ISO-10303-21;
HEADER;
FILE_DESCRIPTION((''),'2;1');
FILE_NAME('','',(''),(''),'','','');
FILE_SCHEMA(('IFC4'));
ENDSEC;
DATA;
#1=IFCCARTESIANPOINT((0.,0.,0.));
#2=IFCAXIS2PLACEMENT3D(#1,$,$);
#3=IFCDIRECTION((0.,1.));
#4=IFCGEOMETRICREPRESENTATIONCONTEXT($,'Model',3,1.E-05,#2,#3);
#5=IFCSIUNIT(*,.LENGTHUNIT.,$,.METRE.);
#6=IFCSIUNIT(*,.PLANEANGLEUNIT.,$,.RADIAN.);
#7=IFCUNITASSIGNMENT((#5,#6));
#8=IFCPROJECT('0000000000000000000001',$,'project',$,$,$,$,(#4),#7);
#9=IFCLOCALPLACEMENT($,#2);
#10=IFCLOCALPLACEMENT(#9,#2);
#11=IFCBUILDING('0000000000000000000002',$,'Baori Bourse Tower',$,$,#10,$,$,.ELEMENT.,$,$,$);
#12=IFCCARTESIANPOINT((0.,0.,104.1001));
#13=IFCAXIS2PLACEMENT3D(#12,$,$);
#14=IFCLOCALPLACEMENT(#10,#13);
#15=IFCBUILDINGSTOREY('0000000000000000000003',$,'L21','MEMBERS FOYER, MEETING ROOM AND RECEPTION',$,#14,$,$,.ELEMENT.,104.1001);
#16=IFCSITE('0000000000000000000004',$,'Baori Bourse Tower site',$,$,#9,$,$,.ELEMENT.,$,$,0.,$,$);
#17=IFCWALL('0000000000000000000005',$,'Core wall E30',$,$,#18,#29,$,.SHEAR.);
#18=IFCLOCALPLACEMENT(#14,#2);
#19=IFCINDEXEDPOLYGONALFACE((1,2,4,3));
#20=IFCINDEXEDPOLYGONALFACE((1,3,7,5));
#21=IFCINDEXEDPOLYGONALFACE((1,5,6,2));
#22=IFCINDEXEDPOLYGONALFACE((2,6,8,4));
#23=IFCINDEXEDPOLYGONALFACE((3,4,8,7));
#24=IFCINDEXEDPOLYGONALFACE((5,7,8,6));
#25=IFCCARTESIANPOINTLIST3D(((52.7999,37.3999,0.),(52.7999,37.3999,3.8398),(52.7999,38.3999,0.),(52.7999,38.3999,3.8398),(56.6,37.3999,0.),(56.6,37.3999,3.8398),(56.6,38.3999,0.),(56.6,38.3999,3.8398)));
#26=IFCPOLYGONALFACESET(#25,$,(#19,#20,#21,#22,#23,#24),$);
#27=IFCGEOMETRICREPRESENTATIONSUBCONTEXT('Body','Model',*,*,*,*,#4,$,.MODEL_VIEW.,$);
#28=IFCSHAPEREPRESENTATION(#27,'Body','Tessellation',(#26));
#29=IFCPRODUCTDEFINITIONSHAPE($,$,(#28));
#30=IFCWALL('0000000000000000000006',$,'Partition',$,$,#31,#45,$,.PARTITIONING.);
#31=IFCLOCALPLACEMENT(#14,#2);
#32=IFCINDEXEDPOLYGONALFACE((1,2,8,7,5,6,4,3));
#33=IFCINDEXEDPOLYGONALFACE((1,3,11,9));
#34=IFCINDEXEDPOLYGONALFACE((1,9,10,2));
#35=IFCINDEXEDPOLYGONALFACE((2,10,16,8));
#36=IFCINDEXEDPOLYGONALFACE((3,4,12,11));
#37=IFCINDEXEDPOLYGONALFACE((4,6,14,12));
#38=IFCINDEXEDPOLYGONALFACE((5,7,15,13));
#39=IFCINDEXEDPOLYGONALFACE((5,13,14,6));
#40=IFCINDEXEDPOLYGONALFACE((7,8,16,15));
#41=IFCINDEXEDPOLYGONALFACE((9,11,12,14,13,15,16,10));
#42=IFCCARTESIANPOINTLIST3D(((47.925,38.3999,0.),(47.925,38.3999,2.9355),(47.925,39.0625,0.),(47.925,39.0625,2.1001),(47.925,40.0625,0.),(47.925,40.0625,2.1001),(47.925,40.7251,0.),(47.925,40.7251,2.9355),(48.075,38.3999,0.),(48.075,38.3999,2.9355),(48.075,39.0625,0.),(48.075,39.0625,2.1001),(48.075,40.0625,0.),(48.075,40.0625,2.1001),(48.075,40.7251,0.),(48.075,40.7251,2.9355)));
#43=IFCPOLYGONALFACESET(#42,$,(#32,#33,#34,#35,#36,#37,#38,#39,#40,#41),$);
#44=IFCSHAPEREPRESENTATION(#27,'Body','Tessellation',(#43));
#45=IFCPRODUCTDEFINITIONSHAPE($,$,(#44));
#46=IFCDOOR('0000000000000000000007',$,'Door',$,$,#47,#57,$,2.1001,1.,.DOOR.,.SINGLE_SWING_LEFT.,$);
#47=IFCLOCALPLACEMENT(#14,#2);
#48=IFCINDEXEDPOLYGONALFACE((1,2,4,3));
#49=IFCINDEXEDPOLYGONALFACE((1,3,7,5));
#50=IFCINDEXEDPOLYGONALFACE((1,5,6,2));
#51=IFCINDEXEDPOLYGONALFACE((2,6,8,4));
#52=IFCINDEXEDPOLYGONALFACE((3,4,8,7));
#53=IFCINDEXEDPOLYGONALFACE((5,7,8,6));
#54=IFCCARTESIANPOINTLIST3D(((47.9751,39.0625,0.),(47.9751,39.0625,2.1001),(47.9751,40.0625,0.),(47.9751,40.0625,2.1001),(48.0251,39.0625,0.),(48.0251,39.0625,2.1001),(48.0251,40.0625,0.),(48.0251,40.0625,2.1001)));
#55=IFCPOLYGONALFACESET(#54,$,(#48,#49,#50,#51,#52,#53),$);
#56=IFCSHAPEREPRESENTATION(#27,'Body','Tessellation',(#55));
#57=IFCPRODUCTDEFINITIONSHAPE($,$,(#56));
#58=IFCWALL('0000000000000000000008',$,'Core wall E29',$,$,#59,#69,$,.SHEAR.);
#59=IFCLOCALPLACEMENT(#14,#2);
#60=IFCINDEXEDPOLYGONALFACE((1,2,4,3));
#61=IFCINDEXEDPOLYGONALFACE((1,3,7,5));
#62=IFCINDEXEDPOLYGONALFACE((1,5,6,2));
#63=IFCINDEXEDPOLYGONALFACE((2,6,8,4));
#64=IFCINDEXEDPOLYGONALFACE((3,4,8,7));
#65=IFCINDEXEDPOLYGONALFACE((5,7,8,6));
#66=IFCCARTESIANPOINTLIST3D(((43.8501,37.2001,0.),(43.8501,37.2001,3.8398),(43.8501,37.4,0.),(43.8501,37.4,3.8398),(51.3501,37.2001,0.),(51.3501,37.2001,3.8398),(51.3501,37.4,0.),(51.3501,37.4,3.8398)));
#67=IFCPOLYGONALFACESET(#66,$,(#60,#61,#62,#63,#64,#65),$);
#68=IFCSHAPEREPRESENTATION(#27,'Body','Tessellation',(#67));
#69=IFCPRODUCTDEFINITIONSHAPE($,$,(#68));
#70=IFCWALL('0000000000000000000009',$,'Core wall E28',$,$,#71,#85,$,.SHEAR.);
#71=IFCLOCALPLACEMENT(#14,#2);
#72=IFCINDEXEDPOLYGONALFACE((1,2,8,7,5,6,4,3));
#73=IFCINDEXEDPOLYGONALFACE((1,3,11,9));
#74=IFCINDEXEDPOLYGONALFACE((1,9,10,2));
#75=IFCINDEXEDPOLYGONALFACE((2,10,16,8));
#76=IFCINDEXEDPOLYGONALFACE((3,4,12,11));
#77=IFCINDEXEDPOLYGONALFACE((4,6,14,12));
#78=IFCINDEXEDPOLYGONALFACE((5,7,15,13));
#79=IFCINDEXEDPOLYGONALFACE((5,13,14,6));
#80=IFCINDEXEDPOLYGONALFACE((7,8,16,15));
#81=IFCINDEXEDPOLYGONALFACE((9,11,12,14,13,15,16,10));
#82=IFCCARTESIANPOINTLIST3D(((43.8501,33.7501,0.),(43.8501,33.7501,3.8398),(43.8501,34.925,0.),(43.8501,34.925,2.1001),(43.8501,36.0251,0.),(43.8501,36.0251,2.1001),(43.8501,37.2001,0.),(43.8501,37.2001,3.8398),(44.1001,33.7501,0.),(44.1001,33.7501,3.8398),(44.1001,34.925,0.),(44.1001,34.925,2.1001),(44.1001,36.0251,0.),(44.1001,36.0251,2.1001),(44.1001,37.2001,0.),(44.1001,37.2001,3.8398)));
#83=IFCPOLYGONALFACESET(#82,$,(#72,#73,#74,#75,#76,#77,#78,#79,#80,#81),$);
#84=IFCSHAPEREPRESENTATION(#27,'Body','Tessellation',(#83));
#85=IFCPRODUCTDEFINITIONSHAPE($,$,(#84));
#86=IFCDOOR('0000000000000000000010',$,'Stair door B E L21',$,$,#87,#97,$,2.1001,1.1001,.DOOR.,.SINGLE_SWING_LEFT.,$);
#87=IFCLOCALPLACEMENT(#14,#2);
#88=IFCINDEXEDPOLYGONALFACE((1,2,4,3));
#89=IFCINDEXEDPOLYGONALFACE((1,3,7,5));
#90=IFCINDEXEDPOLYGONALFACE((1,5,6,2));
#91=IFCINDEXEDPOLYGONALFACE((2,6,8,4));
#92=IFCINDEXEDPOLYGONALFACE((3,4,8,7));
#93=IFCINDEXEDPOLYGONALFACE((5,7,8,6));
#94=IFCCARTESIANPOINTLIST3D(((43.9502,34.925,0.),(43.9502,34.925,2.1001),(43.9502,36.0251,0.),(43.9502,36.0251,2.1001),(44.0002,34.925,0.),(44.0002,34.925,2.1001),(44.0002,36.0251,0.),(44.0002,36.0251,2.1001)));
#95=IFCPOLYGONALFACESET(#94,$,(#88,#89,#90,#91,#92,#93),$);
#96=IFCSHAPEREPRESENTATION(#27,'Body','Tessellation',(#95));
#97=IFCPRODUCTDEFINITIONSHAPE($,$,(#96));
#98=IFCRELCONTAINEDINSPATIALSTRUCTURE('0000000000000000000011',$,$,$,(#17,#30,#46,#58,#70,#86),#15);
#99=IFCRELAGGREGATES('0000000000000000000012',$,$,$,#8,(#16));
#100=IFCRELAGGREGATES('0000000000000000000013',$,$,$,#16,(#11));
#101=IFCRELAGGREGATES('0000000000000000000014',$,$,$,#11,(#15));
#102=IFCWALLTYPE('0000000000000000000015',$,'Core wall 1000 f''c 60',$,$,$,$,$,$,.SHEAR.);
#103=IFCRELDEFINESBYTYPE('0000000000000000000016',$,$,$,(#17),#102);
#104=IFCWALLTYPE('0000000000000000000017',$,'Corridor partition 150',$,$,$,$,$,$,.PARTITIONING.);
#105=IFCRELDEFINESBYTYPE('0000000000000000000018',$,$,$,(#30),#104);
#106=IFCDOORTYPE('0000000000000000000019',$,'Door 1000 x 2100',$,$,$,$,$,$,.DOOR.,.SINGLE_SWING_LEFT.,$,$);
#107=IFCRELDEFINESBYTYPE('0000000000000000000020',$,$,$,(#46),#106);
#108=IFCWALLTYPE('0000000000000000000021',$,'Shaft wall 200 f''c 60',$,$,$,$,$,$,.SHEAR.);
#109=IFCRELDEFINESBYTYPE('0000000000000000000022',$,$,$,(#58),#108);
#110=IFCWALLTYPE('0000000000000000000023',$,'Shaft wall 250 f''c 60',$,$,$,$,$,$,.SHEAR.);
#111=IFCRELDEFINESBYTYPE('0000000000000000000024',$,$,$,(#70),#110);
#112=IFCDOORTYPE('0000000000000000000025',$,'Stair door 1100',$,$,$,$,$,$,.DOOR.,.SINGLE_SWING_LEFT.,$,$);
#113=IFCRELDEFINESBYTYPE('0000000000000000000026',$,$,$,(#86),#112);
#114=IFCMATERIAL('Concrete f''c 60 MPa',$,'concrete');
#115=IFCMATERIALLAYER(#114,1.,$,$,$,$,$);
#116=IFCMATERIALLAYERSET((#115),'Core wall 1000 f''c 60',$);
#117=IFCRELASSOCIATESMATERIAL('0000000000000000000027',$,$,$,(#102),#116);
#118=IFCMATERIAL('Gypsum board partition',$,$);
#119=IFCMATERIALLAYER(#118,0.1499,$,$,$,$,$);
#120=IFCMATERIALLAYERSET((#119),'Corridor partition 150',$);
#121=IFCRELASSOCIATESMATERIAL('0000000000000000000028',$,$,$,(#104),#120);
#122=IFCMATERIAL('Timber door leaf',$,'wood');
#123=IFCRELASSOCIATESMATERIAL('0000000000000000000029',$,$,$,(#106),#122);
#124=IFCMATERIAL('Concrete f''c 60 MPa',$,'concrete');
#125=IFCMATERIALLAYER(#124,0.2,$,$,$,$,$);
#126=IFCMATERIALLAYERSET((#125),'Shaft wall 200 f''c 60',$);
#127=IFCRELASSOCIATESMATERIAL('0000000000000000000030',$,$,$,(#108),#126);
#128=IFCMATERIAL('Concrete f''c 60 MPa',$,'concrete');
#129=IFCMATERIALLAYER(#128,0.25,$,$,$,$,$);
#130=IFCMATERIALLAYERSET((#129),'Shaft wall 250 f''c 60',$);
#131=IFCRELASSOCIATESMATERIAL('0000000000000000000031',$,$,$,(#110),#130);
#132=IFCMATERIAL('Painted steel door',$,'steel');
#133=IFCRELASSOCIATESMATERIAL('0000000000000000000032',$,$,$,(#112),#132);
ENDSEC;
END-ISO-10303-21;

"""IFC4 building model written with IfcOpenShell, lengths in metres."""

from ifc_helpers import new_model, si_unit, direction, frame, frame_2d, origin, place, context, subcontext, project, spatial, rectangle, extrude, material, layer, layer_set, type_object, element, fill, save


model = new_model("IFC4")

# Units and contexts
model_context = context("Model", 3, precision=1e-05, world=origin(), true_north=direction((0.0, 1.0)))
body_context = subcontext(model_context, "Body", "Model", "MODEL_VIEW")
ifc_project = project(units=[si_unit("LENGTHUNIT", "METRE"), si_unit("PLANEANGLEUNIT", "RADIAN")], contexts=[model_context])

# Site, building, storey
site_placement = place(None, origin())
site = spatial("IfcSite", under=ifc_project, at=site_placement, Name="Baori Bourse Tower site", CompositionType="ELEMENT", RefElevation=0.0)
building_placement = place(site_placement, origin())
building = spatial("IfcBuilding", under=site, at=building_placement, Name="Baori Bourse Tower", CompositionType="ELEMENT")
storey_placement = place(building_placement, frame((0.0, 0.0, 104.1001)))
storey = spatial("IfcBuildingStorey", under=building, at=storey_placement, Name="L21", Description="MEMBERS FOYER, MEETING ROOM AND RECEPTION", CompositionType="ELEMENT", Elevation=104.1001)

# Wall
ifc_material_1 = material(Name="Concrete f'c 60 MPa", Category="concrete")
ifc_layer_1 = layer(ifc_material_1, 1.0)
ifc_layer_set_1 = layer_set([ifc_layer_1], Name="Core wall 1000 f'c 60")
wall_type_1 = type_object("IfcWallType", Name="Core wall 1000 f'c 60", PredefinedType="SHEAR", material=ifc_layer_set_1)
wall_1_placement = place(storey_placement, frame((52.8, 37.8999, 0.0), z_axis=(0.0, 0.0, 1.0), x_axis=(1.0, 0.0, 0.0)))
element("IfcWall", 1, at=wall_1_placement, inside=storey, type_object=wall_type_1, Name="Core wall E30", PredefinedType="SHEAR", context=body_context, shape_type="SweptSolid", body=[
    extrude(rectangle(XDim=3.8, YDim=1.0, at=frame_2d((1.8999, 0.0))), origin(), (0.0, 0.0, 1.0), 3.8398),
])

# Wall, opening, door
ifc_material_2 = material(Name="Gypsum board partition")
ifc_layer_2 = layer(ifc_material_2, 0.1499)
ifc_layer_set_2 = layer_set([ifc_layer_2], Name="Corridor partition 150")
wall_type_2 = type_object("IfcWallType", Name="Corridor partition 150", PredefinedType="PARTITIONING", material=ifc_layer_set_2)
wall_2_placement = place(storey_placement, frame((48.0, 38.3999, 0.0), z_axis=(0.0, 0.0, 1.0), x_axis=(0.0, 1.0, 0.0)))
wall_2 = element("IfcWall", 2, at=wall_2_placement, inside=storey, type_object=wall_type_2, Name="Partition", PredefinedType="PARTITIONING", context=body_context, shape_type="SweptSolid", body=[
    extrude(rectangle(XDim=2.3252, YDim=0.1499, at=frame_2d((1.1626, 0.0))), origin(), (0.0, 0.0, 1.0), 2.9355),
])
opening_1_placement = place(wall_2_placement, frame((0.6626, 0.0, 0.0)))
opening_1 = element("IfcOpeningElement", 3, at=opening_1_placement, cuts=wall_2, PredefinedType="OPENING", context=body_context, shape_type="SweptSolid", body=[
    extrude(rectangle(XDim=1.0, YDim=2.1001, at=frame_2d((0.5, 1.05))), frame((0.0, 0.085, 0.0), z_axis=(0.0, -1.0, 0.0), x_axis=(1.0, 0.0, 0.0)), (0.0, 0.0, 1.0), 0.1699),
])
ifc_material_3 = material(Name="Timber door leaf", Category="wood")
door_type_1 = type_object("IfcDoorType", Name="Door 1000 x 2100", OperationType="SINGLE_SWING_LEFT", PredefinedType="DOOR", material=ifc_material_3)
door_1_placement = place(opening_1_placement, origin())
door_1 = element("IfcDoor", 4, at=door_1_placement, inside=storey, type_object=door_type_1, Name="Door", OperationType="SINGLE_SWING_LEFT", OverallHeight=2.1001, OverallWidth=1.0, PredefinedType="DOOR", context=body_context, shape_type="SweptSolid", body=[
    extrude(rectangle(XDim=1.0, YDim=2.1001, at=frame_2d((0.5, 1.05))), frame((0.0, 0.0249, 0.0), z_axis=(0.0, -1.0, 0.0), x_axis=(1.0, 0.0, 0.0)), (0.0, 0.0, 1.0), 0.05),
])
fill(opening_1, door_1)

# Wall
ifc_material_4 = material(Name="Concrete f'c 60 MPa", Category="concrete")
ifc_layer_3 = layer(ifc_material_4, 0.2)
ifc_layer_set_3 = layer_set([ifc_layer_3], Name="Shaft wall 200 f'c 60")
wall_type_3 = type_object("IfcWallType", Name="Shaft wall 200 f'c 60", PredefinedType="SHEAR", material=ifc_layer_set_3)
wall_3_placement = place(storey_placement, frame((43.8501, 37.3, 0.0), z_axis=(0.0, 0.0, 1.0), x_axis=(1.0, 0.0, 0.0)))
element("IfcWall", 5, at=wall_3_placement, inside=storey, type_object=wall_type_3, Name="Core wall E29", PredefinedType="SHEAR", context=body_context, shape_type="SweptSolid", body=[
    extrude(rectangle(XDim=7.5, YDim=0.2, at=frame_2d((3.75, 0.0))), origin(), (0.0, 0.0, 1.0), 3.8398),
])

# Wall, opening, door
ifc_material_5 = material(Name="Concrete f'c 60 MPa", Category="concrete")
ifc_layer_4 = layer(ifc_material_5, 0.25)
ifc_layer_set_4 = layer_set([ifc_layer_4], Name="Shaft wall 250 f'c 60")
wall_type_4 = type_object("IfcWallType", Name="Shaft wall 250 f'c 60", PredefinedType="SHEAR", material=ifc_layer_set_4)
wall_4_placement = place(storey_placement, frame((43.9751, 33.75, 0.0), z_axis=(0.0, 0.0, 1.0), x_axis=(0.0, 1.0, 0.0)))
wall_4 = element("IfcWall", 6, at=wall_4_placement, inside=storey, type_object=wall_type_4, Name="Core wall E28", PredefinedType="SHEAR", context=body_context, shape_type="SweptSolid", body=[
    extrude(rectangle(XDim=3.45, YDim=0.25, at=frame_2d((1.7251, 0.0))), origin(), (0.0, 0.0, 1.0), 3.8398),
])
opening_2_placement = place(wall_4_placement, frame((1.175, 0.0, 0.0)))
opening_2 = element("IfcOpeningElement", 7, at=opening_2_placement, cuts=wall_4, PredefinedType="OPENING", context=body_context, shape_type="SweptSolid", body=[
    extrude(rectangle(XDim=1.1001, YDim=2.1001, at=frame_2d((0.55, 1.05))), frame((0.0, 0.135, 0.0), z_axis=(0.0, -1.0, 0.0), x_axis=(1.0, 0.0, 0.0)), (0.0, 0.0, 1.0), 0.27),
])
ifc_material_6 = material(Name="Painted steel door", Category="steel")
door_type_2 = type_object("IfcDoorType", Name="Stair door 1100", OperationType="SINGLE_SWING_LEFT", PredefinedType="DOOR", material=ifc_material_6)
door_2_placement = place(opening_2_placement, origin())
door_2 = element("IfcDoor", 8, at=door_2_placement, inside=storey, type_object=door_type_2, Name="Stair door B E L21", OperationType="SINGLE_SWING_LEFT", OverallHeight=2.1001, OverallWidth=1.1001, PredefinedType="DOOR", context=body_context, shape_type="SweptSolid", body=[
    extrude(rectangle(XDim=1.1001, YDim=2.1001, at=frame_2d((0.55, 1.05))), frame((0.0, 0.0249, 0.0), z_axis=(0.0, -1.0, 0.0), x_axis=(1.0, 0.0, 0.0)), (0.0, 0.0, 1.0), 0.05),
])
fill(opening_2, door_2)

save(model, "model.ifc")
